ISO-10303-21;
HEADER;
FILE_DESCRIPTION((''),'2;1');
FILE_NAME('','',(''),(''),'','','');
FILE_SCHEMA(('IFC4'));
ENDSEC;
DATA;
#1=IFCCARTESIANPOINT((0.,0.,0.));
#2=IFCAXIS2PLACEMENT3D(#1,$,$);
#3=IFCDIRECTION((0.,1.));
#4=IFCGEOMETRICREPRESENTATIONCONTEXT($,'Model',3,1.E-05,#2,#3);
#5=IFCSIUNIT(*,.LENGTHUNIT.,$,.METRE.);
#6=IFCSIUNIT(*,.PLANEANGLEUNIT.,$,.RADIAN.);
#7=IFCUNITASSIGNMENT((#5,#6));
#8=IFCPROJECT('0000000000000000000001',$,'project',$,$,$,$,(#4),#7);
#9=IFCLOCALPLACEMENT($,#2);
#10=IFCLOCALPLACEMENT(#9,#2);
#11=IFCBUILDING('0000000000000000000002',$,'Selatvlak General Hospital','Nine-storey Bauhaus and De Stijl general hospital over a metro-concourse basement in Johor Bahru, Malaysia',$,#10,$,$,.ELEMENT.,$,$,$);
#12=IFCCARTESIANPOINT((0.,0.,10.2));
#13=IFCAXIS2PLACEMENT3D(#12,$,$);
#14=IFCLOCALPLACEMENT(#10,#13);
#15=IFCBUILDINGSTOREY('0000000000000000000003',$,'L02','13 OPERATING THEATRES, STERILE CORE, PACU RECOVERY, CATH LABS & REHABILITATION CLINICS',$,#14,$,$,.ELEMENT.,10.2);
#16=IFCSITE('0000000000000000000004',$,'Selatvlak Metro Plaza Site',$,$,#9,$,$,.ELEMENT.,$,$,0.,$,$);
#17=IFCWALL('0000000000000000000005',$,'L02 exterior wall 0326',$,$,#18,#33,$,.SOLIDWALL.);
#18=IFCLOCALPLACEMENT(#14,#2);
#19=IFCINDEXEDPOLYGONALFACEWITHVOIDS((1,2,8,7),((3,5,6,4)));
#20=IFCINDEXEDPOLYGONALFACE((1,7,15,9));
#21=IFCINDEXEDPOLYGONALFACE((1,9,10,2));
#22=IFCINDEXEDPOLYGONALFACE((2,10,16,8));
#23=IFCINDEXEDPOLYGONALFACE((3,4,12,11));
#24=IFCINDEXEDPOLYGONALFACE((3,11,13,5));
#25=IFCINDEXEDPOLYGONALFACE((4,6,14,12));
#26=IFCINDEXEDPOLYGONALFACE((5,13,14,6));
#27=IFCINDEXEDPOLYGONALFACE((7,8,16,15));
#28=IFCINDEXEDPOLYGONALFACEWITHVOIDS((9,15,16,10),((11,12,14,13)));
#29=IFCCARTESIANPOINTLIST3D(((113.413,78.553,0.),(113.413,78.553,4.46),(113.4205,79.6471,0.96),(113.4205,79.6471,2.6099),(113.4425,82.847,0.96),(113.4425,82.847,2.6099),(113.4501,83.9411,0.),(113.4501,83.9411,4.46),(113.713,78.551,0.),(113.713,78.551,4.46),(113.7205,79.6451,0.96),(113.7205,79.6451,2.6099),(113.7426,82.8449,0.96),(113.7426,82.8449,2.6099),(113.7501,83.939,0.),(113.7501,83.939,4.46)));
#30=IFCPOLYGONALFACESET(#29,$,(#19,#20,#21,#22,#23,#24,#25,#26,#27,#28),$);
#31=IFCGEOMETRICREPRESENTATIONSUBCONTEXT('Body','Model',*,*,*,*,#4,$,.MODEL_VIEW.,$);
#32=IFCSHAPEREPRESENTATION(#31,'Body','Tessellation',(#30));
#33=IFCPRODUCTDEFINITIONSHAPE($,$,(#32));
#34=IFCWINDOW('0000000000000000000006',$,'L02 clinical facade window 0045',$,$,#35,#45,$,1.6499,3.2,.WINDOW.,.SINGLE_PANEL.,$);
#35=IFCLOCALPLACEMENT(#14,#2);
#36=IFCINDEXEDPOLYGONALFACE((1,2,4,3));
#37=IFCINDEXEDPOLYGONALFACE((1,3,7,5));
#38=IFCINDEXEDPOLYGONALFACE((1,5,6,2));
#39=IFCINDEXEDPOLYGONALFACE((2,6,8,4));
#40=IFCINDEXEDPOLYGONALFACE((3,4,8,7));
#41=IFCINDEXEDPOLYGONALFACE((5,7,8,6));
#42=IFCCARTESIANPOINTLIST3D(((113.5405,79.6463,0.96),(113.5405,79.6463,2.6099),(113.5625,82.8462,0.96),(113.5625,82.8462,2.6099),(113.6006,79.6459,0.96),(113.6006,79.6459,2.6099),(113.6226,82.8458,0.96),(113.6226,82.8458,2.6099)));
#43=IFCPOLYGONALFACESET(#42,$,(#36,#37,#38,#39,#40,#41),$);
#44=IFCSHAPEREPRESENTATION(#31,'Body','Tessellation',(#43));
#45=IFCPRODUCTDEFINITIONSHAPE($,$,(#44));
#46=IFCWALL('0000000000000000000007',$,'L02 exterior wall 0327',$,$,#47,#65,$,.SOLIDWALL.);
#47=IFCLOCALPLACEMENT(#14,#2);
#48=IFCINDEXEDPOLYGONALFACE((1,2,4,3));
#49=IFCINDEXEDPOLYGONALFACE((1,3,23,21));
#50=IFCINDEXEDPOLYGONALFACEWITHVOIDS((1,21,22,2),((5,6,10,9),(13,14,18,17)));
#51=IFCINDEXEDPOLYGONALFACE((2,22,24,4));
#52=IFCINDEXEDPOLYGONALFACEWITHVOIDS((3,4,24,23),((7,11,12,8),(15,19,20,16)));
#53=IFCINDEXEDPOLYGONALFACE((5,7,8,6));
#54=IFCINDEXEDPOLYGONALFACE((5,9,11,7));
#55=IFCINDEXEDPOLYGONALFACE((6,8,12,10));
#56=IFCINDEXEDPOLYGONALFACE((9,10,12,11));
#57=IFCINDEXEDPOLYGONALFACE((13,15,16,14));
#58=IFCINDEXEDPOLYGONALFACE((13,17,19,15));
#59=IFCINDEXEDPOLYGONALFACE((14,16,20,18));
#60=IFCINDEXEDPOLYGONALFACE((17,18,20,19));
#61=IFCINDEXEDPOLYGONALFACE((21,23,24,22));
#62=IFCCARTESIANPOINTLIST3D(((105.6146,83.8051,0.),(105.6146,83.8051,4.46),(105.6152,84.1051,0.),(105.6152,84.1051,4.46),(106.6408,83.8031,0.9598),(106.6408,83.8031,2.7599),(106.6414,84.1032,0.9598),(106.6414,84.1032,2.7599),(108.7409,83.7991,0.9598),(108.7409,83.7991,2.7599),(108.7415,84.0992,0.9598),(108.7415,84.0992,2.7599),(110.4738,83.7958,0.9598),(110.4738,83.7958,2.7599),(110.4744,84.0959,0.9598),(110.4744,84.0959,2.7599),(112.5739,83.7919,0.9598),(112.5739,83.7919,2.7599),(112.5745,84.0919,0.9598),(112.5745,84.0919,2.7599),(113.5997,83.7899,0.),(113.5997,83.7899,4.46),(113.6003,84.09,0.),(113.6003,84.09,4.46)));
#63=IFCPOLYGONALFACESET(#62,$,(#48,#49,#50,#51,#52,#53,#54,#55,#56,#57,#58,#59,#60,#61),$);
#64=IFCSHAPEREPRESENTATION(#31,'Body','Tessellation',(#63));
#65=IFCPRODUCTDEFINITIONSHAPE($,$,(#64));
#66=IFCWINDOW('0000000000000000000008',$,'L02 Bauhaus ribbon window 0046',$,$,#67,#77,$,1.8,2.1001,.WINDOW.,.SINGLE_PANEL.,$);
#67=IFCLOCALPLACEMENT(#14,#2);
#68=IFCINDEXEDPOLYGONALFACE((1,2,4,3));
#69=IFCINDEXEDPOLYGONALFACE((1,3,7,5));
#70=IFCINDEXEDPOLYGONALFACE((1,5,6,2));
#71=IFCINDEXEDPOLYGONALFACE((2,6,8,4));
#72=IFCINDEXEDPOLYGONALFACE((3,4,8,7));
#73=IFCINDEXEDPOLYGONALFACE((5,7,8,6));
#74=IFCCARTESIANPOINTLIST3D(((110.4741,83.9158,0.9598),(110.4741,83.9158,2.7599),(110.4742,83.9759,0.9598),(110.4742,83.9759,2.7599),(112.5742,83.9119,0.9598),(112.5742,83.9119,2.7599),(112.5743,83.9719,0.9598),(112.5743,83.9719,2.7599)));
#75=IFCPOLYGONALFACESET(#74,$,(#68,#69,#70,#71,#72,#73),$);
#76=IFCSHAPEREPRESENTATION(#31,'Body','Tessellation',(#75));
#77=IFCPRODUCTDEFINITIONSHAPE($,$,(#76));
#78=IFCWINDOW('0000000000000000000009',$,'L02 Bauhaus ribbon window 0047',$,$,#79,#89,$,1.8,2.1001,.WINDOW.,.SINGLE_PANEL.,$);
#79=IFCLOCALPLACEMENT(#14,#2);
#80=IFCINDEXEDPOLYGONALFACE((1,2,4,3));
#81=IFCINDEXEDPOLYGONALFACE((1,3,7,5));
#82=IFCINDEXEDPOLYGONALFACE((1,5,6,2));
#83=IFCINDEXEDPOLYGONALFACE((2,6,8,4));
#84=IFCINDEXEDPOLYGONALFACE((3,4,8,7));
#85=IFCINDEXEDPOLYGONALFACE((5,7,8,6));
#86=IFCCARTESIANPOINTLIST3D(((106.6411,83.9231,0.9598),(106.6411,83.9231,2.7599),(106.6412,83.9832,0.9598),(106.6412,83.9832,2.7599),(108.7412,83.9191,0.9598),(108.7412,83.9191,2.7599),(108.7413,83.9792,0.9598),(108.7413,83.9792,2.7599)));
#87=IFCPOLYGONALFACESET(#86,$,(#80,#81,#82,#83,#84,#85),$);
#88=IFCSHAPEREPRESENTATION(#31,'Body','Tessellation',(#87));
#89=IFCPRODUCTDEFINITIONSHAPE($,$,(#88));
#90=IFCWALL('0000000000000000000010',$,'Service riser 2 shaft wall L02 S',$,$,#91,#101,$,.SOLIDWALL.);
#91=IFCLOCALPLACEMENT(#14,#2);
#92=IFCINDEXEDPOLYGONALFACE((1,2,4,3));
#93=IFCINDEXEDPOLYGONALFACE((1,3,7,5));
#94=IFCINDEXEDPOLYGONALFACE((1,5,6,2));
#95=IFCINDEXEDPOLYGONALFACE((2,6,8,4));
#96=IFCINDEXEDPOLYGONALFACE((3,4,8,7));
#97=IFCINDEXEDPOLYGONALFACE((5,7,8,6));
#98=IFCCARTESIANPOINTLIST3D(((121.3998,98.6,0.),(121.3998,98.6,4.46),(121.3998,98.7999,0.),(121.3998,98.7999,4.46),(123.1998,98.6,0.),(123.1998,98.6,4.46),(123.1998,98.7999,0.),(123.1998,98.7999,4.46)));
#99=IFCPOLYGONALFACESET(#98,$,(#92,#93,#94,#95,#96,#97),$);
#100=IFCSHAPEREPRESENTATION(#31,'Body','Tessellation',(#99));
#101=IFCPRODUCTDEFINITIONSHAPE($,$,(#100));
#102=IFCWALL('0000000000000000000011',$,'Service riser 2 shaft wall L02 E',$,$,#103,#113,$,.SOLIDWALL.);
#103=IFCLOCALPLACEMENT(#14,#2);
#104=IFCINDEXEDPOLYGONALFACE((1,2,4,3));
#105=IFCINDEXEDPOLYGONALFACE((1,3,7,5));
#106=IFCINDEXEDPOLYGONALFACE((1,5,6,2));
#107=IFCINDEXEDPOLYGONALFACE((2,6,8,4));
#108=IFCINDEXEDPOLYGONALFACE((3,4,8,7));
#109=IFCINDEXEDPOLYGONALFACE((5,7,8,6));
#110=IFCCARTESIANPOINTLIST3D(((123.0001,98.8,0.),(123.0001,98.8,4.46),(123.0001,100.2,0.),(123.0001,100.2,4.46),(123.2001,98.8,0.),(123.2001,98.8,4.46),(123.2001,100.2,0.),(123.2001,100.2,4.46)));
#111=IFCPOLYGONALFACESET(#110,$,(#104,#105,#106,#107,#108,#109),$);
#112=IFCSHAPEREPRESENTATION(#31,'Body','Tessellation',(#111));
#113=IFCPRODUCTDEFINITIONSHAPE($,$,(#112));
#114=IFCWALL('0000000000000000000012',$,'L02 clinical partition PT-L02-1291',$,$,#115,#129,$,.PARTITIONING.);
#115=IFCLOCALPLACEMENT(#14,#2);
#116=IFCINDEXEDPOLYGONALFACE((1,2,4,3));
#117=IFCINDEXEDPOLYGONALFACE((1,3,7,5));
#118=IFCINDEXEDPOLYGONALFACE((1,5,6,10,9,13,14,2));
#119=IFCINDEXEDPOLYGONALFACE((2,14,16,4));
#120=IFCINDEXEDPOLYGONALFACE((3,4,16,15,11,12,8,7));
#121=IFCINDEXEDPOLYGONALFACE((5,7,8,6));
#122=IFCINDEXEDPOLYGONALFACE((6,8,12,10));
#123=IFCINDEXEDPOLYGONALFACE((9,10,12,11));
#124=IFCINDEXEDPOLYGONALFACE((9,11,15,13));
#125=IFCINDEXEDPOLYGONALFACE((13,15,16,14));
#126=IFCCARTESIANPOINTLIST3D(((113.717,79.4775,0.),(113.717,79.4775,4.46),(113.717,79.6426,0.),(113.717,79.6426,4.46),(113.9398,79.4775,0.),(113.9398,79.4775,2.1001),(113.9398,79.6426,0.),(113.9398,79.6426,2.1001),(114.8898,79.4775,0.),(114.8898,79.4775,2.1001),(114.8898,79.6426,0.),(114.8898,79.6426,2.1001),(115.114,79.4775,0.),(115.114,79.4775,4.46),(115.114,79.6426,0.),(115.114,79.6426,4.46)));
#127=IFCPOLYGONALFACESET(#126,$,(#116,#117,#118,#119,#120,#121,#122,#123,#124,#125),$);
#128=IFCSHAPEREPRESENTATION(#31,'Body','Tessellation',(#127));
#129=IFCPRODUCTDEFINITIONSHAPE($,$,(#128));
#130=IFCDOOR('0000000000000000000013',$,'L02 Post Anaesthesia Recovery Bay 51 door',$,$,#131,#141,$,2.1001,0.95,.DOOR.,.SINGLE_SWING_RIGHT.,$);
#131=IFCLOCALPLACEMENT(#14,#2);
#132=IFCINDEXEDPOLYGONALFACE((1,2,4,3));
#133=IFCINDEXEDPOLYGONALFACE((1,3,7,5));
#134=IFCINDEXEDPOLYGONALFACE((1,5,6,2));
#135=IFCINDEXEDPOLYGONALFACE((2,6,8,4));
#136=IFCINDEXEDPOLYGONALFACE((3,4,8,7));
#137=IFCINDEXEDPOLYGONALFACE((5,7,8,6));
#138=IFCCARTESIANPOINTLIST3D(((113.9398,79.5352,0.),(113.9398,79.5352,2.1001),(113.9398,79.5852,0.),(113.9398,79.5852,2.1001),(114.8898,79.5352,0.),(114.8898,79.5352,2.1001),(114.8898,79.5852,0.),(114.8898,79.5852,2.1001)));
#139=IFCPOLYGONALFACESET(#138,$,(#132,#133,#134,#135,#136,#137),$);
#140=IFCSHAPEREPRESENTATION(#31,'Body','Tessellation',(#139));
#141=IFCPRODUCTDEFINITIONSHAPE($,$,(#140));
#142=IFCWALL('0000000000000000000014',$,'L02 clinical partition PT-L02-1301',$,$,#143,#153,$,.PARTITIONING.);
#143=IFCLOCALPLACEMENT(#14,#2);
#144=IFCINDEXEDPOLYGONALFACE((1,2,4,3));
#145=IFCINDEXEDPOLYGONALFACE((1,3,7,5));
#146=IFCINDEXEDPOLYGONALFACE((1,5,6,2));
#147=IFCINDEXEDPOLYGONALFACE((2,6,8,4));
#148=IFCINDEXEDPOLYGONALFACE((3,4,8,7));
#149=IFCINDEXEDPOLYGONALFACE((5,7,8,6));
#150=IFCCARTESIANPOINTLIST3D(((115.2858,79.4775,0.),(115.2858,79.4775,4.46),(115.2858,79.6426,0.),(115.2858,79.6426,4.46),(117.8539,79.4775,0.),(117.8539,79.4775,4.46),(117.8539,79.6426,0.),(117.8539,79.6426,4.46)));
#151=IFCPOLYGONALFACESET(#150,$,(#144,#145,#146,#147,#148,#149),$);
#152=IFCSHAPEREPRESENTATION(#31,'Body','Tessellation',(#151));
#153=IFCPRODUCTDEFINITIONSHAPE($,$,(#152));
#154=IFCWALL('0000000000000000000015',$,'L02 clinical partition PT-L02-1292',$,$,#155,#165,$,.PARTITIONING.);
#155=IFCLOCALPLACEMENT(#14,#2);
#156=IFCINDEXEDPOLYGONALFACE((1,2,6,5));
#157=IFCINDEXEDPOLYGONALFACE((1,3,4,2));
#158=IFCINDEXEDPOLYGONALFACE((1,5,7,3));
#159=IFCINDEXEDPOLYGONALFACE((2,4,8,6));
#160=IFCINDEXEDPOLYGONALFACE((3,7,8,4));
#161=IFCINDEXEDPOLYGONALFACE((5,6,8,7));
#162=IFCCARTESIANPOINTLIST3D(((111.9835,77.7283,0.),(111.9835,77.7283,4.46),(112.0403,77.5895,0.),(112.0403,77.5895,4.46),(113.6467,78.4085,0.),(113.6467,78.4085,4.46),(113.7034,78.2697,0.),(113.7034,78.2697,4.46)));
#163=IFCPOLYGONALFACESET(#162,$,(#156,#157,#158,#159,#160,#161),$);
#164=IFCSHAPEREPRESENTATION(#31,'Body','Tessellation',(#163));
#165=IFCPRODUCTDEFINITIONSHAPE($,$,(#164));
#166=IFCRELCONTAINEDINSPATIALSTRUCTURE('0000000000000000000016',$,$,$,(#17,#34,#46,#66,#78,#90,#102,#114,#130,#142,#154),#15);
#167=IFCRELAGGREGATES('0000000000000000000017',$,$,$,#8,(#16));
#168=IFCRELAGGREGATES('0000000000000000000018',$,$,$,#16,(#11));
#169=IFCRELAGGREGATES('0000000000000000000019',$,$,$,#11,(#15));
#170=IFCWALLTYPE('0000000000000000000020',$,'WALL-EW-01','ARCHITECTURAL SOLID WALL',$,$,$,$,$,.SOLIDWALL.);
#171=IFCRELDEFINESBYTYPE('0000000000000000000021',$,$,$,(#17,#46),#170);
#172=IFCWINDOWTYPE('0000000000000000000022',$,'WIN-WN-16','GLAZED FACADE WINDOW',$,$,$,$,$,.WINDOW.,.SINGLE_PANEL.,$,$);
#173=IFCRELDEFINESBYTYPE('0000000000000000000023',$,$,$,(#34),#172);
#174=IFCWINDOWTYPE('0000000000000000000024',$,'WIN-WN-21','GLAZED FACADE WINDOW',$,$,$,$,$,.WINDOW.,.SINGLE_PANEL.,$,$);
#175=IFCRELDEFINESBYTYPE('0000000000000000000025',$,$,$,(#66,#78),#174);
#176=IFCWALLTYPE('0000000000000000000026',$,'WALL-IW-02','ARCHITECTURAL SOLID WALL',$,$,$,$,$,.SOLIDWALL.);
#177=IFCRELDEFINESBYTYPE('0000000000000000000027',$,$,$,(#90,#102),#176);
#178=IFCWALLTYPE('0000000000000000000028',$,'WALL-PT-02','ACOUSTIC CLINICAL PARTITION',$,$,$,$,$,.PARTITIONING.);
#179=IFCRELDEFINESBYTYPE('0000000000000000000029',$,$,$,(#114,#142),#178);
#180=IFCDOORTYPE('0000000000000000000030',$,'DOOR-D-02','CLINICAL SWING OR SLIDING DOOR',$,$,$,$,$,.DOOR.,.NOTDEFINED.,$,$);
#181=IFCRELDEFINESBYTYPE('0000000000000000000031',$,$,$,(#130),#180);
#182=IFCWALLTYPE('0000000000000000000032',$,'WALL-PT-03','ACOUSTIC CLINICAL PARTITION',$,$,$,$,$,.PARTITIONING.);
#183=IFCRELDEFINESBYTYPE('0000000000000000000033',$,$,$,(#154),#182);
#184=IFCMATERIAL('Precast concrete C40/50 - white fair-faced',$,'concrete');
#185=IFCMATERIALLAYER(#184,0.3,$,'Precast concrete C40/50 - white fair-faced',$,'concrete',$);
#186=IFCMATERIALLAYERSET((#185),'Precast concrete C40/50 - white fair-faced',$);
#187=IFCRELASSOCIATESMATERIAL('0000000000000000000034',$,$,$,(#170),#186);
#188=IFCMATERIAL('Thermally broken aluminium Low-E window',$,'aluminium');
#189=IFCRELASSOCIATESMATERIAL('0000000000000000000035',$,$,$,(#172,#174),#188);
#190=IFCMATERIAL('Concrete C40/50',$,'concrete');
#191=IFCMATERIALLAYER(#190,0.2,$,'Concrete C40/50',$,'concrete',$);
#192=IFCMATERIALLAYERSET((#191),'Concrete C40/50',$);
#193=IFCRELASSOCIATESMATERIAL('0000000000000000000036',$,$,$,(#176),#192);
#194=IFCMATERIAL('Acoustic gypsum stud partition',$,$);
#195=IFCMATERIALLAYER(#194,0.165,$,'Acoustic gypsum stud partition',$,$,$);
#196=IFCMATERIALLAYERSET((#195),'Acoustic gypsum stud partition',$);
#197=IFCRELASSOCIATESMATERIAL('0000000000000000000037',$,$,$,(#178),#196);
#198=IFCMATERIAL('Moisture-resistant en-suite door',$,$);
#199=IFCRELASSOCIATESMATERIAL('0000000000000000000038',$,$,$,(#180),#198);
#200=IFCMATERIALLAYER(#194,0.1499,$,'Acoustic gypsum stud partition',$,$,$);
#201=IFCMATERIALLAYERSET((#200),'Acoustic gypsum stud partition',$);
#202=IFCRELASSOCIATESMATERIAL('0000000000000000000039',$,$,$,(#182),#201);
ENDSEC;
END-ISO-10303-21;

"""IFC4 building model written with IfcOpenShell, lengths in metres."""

from ifc_helpers import new_model, si_unit, direction, frame, frame_2d, origin, place, context, subcontext, project, spatial, rectangle, extrude, material, layer, layer_set, type_object, element, fill, save


model = new_model("IFC4")

# Units and contexts
model_context = context("Model", 3, precision=1e-05, world=origin(), true_north=direction((0.0, 1.0)))
body_context = subcontext(model_context, "Body", "Model", "MODEL_VIEW")
ifc_project = project(units=[si_unit("LENGTHUNIT", "METRE"), si_unit("PLANEANGLEUNIT", "RADIAN")], contexts=[model_context])

# Site, building, storey
site_placement = place(None, origin())
site = spatial("IfcSite", under=ifc_project, at=site_placement, Name="Selatvlak Metro Plaza Site", CompositionType="ELEMENT", RefElevation=0.0)
building_placement = place(site_placement, origin())
building = spatial("IfcBuilding", under=site, at=building_placement, Name="Selatvlak General Hospital", Description="Nine-storey Bauhaus and De Stijl general hospital over a metro-concourse basement in Johor Bahru, Malaysia", CompositionType="ELEMENT")
storey_placement = place(building_placement, frame((0.0, 0.0, 10.2)))
storey = spatial("IfcBuildingStorey", under=building, at=storey_placement, Name="L02", Description="13 OPERATING THEATRES, STERILE CORE, PACU RECOVERY, CATH LABS & REHABILITATION CLINICS", CompositionType="ELEMENT", Elevation=10.2)

# Shared definitions
ifc_material_1 = material(Name="Concrete C40/50", Category="concrete")

# Wall, opening, window
ifc_material_2 = material(Name="Precast concrete C40/50 - white fair-faced", Category="concrete")
ifc_layer_1 = layer(ifc_material_2, 0.3, Name="Precast concrete C40/50 - white fair-faced", Category="concrete")
ifc_layer_set_1 = layer_set([ifc_layer_1], Name="Precast concrete C40/50 - white fair-faced")
wall_type_1 = type_object("IfcWallType", Name="WALL-EW-01", Description="ARCHITECTURAL SOLID WALL", PredefinedType="SOLIDWALL", material=ifc_layer_set_1)
wall_1_placement = place(storey_placement, frame((113.563, 78.552, 0.0), z_axis=(0.0, 0.0, 1.0), x_axis=(0.006887, 0.999976, 0.0)))
wall_1 = element("IfcWall", 1, at=wall_1_placement, inside=storey, type_object=wall_type_1, Name="L02 exterior wall 0326", PredefinedType="SOLIDWALL", context=body_context, shape_type="SweptSolid", body=[
    extrude(rectangle(XDim=5.3882, YDim=0.3, at=frame_2d((2.6941, 0.0))), origin(), (0.0, 0.0, 1.0), 4.46),
])
opening_1_placement = place(wall_1_placement, frame((1.094, 0.0, 0.96)))
opening_1 = element("IfcOpeningElement", 2, at=opening_1_placement, cuts=wall_1, PredefinedType="OPENING", context=body_context, shape_type="SweptSolid", body=[
    extrude(rectangle(XDim=3.2, YDim=1.6499, at=frame_2d((1.6001, 0.825))), frame((0.0, 0.1599, 0.0), z_axis=(0.0, -1.0, 0.0), x_axis=(1.0, 0.0, 0.0)), (0.0, 0.0, 1.0), 0.3201),
])
ifc_material_3 = material(Name="Thermally broken aluminium Low-E window", Category="aluminium")
window_type_1 = type_object("IfcWindowType", Name="WIN-WN-16", Description="GLAZED FACADE WINDOW", PartitioningType="SINGLE_PANEL", PredefinedType="WINDOW", material=ifc_material_3)
window_1_placement = place(opening_1_placement, origin())
window_1 = element("IfcWindow", 3, at=window_1_placement, inside=storey, type_object=window_type_1, Name="L02 clinical facade window 0045", OverallHeight=1.6499, OverallWidth=3.2, PartitioningType="SINGLE_PANEL", PredefinedType="WINDOW", context=body_context, shape_type="SweptSolid", body=[
    extrude(rectangle(XDim=3.2, YDim=1.6499, at=frame_2d((1.6001, 0.825))), frame((0.0, 0.03, 0.0), z_axis=(0.0, -1.0, 0.0), x_axis=(1.0, 0.0, 0.0)), (0.0, 0.0, 1.0), 0.0601),
])
fill(opening_1, window_1)

# Wall, openings, windows
wall_2_placement = place(storey_placement, frame((113.6001, 83.9399, 0.0), z_axis=(0.0, 0.0, 1.0), x_axis=(-0.999998, 0.001896, 0.0)))
wall_2 = element("IfcWall", 4, at=wall_2_placement, inside=storey, type_object=wall_type_1, Name="L02 exterior wall 0327", PredefinedType="SOLIDWALL", context=body_context, shape_type="SweptSolid", body=[
    extrude(rectangle(XDim=7.9851, YDim=0.3, at=frame_2d((3.9927, 0.0))), origin(), (0.0, 0.0, 1.0), 4.46),
])
opening_2_placement = place(wall_2_placement, frame((1.0259, 0.0, 0.96)))
opening_2 = element("IfcOpeningElement", 5, at=opening_2_placement, cuts=wall_2, PredefinedType="OPENING", context=body_context, shape_type="SweptSolid", body=[
    extrude(rectangle(XDim=2.1001, YDim=1.8, at=frame_2d((1.05, 0.8999))), frame((0.0, 0.1599, 0.0), z_axis=(0.0, -1.0, 0.0), x_axis=(1.0, 0.0, 0.0)), (0.0, 0.0, 1.0), 0.3201),
])
opening_3_placement = place(wall_2_placement, frame((4.8589, 0.0, 0.96)))
opening_3 = element("IfcOpeningElement", 6, at=opening_3_placement, cuts=wall_2, PredefinedType="OPENING", context=body_context, shape_type="SweptSolid", body=[
    extrude(rectangle(XDim=2.1001, YDim=1.8, at=frame_2d((1.05, 0.8999))), frame((0.0, 0.1599, 0.0), z_axis=(0.0, -1.0, 0.0), x_axis=(1.0, 0.0, 0.0)), (0.0, 0.0, 1.0), 0.3201),
])
window_type_2 = type_object("IfcWindowType", Name="WIN-WN-21", Description="GLAZED FACADE WINDOW", PartitioningType="SINGLE_PANEL", PredefinedType="WINDOW", material=ifc_material_3)
window_2_placement = place(opening_2_placement, origin())
window_2 = element("IfcWindow", 7, at=window_2_placement, inside=storey, type_object=window_type_2, Name="L02 Bauhaus ribbon window 0046", OverallHeight=1.8, OverallWidth=2.1001, PartitioningType="SINGLE_PANEL", PredefinedType="WINDOW", context=body_context, shape_type="SweptSolid", body=[
    extrude(rectangle(XDim=2.1001, YDim=1.8, at=frame_2d((1.05, 0.8999))), frame((0.0, 0.03, 0.0), z_axis=(0.0, -1.0, 0.0), x_axis=(1.0, 0.0, 0.0)), (0.0, 0.0, 1.0), 0.0601),
])
fill(opening_2, window_2)
window_3_placement = place(opening_3_placement, origin())
window_3 = element("IfcWindow", 8, at=window_3_placement, inside=storey, type_object=window_type_2, Name="L02 Bauhaus ribbon window 0047", OverallHeight=1.8, OverallWidth=2.1001, PartitioningType="SINGLE_PANEL", PredefinedType="WINDOW", context=body_context, shape_type="SweptSolid", body=[
    extrude(rectangle(XDim=2.1001, YDim=1.8, at=frame_2d((1.05, 0.8999))), frame((0.0, 0.03, 0.0), z_axis=(0.0, -1.0, 0.0), x_axis=(1.0, 0.0, 0.0)), (0.0, 0.0, 1.0), 0.0601),
])
fill(opening_3, window_3)

# Walls
ifc_layer_2 = layer(ifc_material_1, 0.2, Name="Concrete C40/50", Category="concrete")
ifc_layer_set_2 = layer_set([ifc_layer_2], Name="Concrete C40/50")
wall_type_2 = type_object("IfcWallType", Name="WALL-IW-02", Description="ARCHITECTURAL SOLID WALL", PredefinedType="SOLIDWALL", material=ifc_layer_set_2)
wall_3_placement = place(storey_placement, frame((121.3999, 98.7, 0.0), z_axis=(0.0, 0.0, 1.0), x_axis=(1.0, 0.0, 0.0)))
element("IfcWall", 9, at=wall_3_placement, inside=storey, type_object=wall_type_2, Name="Service riser 2 shaft wall L02 S", PredefinedType="SOLIDWALL", context=body_context, shape_type="SweptSolid", body=[
    extrude(rectangle(XDim=1.8, YDim=0.2, at=frame_2d((0.8999, 0.0))), origin(), (0.0, 0.0, 1.0), 4.46),
])
wall_4_placement = place(storey_placement, frame((123.1001, 98.8, 0.0), z_axis=(0.0, 0.0, 1.0), x_axis=(0.0, 1.0, 0.0)))
element("IfcWall", 10, at=wall_4_placement, inside=storey, type_object=wall_type_2, Name="Service riser 2 shaft wall L02 E", PredefinedType="SOLIDWALL", context=body_context, shape_type="SweptSolid", body=[
    extrude(rectangle(XDim=1.3999, YDim=0.2, at=frame_2d((0.7, 0.0))), origin(), (0.0, 0.0, 1.0), 4.46),
])

# Wall, opening, door
ifc_material_4 = material(Name="Acoustic gypsum stud partition")
ifc_layer_3 = layer(ifc_material_4, 0.165, Name="Acoustic gypsum stud partition")
ifc_layer_set_3 = layer_set([ifc_layer_3], Name="Acoustic gypsum stud partition")
wall_type_3 = type_object("IfcWallType", Name="WALL-PT-02", Description="ACOUSTIC CLINICAL PARTITION", PredefinedType="PARTITIONING", material=ifc_layer_set_3)
wall_5_placement = place(storey_placement, frame((115.114, 79.5601, 0.0), z_axis=(0.0, 0.0, 1.0), x_axis=(-1.0, 0.0, 0.0)))
wall_5 = element("IfcWall", 11, at=wall_5_placement, inside=storey, type_object=wall_type_3, Name="L02 clinical partition PT-L02-1291", PredefinedType="PARTITIONING", context=body_context, shape_type="SweptSolid", body=[
    extrude(rectangle(XDim=1.397, YDim=0.165, at=frame_2d((0.6985, 0.0))), origin(), (0.0, 0.0, 1.0), 4.46),
])
opening_4_placement = place(wall_5_placement, frame((0.2241, 0.0, 0.0)))
opening_4 = element("IfcOpeningElement", 12, at=opening_4_placement, cuts=wall_5, PredefinedType="OPENING", context=body_context, shape_type="SweptSolid", body=[
    extrude(rectangle(XDim=0.95, YDim=2.1001, at=frame_2d((0.4751, 1.05))), frame((0.0, 0.0925, 0.0), z_axis=(0.0, -1.0, 0.0), x_axis=(1.0, 0.0, 0.0)), (0.0, 0.0, 1.0), 0.1851),
])
ifc_material_5 = material(Name="Moisture-resistant en-suite door")
door_type = type_object("IfcDoorType", Name="DOOR-D-02", Description="CLINICAL SWING OR SLIDING DOOR", OperationType="NOTDEFINED", PredefinedType="DOOR", material=ifc_material_5)
door_placement = place(opening_4_placement, origin())
door = element("IfcDoor", 13, at=door_placement, inside=storey, type_object=door_type, Name="L02 Post Anaesthesia Recovery Bay 51 door", OperationType="SINGLE_SWING_RIGHT", OverallHeight=2.1001, OverallWidth=0.95, PredefinedType="DOOR", context=body_context, shape_type="SweptSolid", body=[
    extrude(rectangle(XDim=0.95, YDim=2.1001, at=frame_2d((0.4751, 1.05))), frame((0.0, 0.0249, 0.0), z_axis=(0.0, -1.0, 0.0), x_axis=(1.0, 0.0, 0.0)), (0.0, 0.0, 1.0), 0.05),
])
fill(opening_4, door)

# Walls
wall_6_placement = place(storey_placement, frame((117.854, 79.5601, 0.0), z_axis=(0.0, 0.0, 1.0), x_axis=(-1.0, 0.0, 0.0)))
element("IfcWall", 14, at=wall_6_placement, inside=storey, type_object=wall_type_3, Name="L02 clinical partition PT-L02-1301", PredefinedType="PARTITIONING", context=body_context, shape_type="SweptSolid", body=[
    extrude(rectangle(XDim=2.5681, YDim=0.165, at=frame_2d((1.2842, 0.0))), origin(), (0.0, 0.0, 1.0), 4.46),
])
ifc_layer_4 = layer(ifc_material_4, 0.1499, Name="Acoustic gypsum stud partition")
ifc_layer_set_4 = layer_set([ifc_layer_4], Name="Acoustic gypsum stud partition")
wall_type_4 = type_object("IfcWallType", Name="WALL-PT-03", Description="ACOUSTIC CLINICAL PARTITION", PredefinedType="PARTITIONING", material=ifc_layer_set_4)
wall_7_placement = place(storey_placement, frame((113.675, 78.3391, 0.0), z_axis=(0.0, 0.0, 1.0), x_axis=(-0.925582, -0.378548, 0.0)))
element("IfcWall", 15, at=wall_7_placement, inside=storey, type_object=wall_type_4, Name="L02 clinical partition PT-L02-1292", PredefinedType="PARTITIONING", context=body_context, shape_type="SweptSolid", body=[
    extrude(rectangle(XDim=1.7969, YDim=0.1499, at=frame_2d((0.8984, 0.0))), origin(), (0.0, 0.0, 1.0), 4.46),
])

save(model, "model.ifc")
